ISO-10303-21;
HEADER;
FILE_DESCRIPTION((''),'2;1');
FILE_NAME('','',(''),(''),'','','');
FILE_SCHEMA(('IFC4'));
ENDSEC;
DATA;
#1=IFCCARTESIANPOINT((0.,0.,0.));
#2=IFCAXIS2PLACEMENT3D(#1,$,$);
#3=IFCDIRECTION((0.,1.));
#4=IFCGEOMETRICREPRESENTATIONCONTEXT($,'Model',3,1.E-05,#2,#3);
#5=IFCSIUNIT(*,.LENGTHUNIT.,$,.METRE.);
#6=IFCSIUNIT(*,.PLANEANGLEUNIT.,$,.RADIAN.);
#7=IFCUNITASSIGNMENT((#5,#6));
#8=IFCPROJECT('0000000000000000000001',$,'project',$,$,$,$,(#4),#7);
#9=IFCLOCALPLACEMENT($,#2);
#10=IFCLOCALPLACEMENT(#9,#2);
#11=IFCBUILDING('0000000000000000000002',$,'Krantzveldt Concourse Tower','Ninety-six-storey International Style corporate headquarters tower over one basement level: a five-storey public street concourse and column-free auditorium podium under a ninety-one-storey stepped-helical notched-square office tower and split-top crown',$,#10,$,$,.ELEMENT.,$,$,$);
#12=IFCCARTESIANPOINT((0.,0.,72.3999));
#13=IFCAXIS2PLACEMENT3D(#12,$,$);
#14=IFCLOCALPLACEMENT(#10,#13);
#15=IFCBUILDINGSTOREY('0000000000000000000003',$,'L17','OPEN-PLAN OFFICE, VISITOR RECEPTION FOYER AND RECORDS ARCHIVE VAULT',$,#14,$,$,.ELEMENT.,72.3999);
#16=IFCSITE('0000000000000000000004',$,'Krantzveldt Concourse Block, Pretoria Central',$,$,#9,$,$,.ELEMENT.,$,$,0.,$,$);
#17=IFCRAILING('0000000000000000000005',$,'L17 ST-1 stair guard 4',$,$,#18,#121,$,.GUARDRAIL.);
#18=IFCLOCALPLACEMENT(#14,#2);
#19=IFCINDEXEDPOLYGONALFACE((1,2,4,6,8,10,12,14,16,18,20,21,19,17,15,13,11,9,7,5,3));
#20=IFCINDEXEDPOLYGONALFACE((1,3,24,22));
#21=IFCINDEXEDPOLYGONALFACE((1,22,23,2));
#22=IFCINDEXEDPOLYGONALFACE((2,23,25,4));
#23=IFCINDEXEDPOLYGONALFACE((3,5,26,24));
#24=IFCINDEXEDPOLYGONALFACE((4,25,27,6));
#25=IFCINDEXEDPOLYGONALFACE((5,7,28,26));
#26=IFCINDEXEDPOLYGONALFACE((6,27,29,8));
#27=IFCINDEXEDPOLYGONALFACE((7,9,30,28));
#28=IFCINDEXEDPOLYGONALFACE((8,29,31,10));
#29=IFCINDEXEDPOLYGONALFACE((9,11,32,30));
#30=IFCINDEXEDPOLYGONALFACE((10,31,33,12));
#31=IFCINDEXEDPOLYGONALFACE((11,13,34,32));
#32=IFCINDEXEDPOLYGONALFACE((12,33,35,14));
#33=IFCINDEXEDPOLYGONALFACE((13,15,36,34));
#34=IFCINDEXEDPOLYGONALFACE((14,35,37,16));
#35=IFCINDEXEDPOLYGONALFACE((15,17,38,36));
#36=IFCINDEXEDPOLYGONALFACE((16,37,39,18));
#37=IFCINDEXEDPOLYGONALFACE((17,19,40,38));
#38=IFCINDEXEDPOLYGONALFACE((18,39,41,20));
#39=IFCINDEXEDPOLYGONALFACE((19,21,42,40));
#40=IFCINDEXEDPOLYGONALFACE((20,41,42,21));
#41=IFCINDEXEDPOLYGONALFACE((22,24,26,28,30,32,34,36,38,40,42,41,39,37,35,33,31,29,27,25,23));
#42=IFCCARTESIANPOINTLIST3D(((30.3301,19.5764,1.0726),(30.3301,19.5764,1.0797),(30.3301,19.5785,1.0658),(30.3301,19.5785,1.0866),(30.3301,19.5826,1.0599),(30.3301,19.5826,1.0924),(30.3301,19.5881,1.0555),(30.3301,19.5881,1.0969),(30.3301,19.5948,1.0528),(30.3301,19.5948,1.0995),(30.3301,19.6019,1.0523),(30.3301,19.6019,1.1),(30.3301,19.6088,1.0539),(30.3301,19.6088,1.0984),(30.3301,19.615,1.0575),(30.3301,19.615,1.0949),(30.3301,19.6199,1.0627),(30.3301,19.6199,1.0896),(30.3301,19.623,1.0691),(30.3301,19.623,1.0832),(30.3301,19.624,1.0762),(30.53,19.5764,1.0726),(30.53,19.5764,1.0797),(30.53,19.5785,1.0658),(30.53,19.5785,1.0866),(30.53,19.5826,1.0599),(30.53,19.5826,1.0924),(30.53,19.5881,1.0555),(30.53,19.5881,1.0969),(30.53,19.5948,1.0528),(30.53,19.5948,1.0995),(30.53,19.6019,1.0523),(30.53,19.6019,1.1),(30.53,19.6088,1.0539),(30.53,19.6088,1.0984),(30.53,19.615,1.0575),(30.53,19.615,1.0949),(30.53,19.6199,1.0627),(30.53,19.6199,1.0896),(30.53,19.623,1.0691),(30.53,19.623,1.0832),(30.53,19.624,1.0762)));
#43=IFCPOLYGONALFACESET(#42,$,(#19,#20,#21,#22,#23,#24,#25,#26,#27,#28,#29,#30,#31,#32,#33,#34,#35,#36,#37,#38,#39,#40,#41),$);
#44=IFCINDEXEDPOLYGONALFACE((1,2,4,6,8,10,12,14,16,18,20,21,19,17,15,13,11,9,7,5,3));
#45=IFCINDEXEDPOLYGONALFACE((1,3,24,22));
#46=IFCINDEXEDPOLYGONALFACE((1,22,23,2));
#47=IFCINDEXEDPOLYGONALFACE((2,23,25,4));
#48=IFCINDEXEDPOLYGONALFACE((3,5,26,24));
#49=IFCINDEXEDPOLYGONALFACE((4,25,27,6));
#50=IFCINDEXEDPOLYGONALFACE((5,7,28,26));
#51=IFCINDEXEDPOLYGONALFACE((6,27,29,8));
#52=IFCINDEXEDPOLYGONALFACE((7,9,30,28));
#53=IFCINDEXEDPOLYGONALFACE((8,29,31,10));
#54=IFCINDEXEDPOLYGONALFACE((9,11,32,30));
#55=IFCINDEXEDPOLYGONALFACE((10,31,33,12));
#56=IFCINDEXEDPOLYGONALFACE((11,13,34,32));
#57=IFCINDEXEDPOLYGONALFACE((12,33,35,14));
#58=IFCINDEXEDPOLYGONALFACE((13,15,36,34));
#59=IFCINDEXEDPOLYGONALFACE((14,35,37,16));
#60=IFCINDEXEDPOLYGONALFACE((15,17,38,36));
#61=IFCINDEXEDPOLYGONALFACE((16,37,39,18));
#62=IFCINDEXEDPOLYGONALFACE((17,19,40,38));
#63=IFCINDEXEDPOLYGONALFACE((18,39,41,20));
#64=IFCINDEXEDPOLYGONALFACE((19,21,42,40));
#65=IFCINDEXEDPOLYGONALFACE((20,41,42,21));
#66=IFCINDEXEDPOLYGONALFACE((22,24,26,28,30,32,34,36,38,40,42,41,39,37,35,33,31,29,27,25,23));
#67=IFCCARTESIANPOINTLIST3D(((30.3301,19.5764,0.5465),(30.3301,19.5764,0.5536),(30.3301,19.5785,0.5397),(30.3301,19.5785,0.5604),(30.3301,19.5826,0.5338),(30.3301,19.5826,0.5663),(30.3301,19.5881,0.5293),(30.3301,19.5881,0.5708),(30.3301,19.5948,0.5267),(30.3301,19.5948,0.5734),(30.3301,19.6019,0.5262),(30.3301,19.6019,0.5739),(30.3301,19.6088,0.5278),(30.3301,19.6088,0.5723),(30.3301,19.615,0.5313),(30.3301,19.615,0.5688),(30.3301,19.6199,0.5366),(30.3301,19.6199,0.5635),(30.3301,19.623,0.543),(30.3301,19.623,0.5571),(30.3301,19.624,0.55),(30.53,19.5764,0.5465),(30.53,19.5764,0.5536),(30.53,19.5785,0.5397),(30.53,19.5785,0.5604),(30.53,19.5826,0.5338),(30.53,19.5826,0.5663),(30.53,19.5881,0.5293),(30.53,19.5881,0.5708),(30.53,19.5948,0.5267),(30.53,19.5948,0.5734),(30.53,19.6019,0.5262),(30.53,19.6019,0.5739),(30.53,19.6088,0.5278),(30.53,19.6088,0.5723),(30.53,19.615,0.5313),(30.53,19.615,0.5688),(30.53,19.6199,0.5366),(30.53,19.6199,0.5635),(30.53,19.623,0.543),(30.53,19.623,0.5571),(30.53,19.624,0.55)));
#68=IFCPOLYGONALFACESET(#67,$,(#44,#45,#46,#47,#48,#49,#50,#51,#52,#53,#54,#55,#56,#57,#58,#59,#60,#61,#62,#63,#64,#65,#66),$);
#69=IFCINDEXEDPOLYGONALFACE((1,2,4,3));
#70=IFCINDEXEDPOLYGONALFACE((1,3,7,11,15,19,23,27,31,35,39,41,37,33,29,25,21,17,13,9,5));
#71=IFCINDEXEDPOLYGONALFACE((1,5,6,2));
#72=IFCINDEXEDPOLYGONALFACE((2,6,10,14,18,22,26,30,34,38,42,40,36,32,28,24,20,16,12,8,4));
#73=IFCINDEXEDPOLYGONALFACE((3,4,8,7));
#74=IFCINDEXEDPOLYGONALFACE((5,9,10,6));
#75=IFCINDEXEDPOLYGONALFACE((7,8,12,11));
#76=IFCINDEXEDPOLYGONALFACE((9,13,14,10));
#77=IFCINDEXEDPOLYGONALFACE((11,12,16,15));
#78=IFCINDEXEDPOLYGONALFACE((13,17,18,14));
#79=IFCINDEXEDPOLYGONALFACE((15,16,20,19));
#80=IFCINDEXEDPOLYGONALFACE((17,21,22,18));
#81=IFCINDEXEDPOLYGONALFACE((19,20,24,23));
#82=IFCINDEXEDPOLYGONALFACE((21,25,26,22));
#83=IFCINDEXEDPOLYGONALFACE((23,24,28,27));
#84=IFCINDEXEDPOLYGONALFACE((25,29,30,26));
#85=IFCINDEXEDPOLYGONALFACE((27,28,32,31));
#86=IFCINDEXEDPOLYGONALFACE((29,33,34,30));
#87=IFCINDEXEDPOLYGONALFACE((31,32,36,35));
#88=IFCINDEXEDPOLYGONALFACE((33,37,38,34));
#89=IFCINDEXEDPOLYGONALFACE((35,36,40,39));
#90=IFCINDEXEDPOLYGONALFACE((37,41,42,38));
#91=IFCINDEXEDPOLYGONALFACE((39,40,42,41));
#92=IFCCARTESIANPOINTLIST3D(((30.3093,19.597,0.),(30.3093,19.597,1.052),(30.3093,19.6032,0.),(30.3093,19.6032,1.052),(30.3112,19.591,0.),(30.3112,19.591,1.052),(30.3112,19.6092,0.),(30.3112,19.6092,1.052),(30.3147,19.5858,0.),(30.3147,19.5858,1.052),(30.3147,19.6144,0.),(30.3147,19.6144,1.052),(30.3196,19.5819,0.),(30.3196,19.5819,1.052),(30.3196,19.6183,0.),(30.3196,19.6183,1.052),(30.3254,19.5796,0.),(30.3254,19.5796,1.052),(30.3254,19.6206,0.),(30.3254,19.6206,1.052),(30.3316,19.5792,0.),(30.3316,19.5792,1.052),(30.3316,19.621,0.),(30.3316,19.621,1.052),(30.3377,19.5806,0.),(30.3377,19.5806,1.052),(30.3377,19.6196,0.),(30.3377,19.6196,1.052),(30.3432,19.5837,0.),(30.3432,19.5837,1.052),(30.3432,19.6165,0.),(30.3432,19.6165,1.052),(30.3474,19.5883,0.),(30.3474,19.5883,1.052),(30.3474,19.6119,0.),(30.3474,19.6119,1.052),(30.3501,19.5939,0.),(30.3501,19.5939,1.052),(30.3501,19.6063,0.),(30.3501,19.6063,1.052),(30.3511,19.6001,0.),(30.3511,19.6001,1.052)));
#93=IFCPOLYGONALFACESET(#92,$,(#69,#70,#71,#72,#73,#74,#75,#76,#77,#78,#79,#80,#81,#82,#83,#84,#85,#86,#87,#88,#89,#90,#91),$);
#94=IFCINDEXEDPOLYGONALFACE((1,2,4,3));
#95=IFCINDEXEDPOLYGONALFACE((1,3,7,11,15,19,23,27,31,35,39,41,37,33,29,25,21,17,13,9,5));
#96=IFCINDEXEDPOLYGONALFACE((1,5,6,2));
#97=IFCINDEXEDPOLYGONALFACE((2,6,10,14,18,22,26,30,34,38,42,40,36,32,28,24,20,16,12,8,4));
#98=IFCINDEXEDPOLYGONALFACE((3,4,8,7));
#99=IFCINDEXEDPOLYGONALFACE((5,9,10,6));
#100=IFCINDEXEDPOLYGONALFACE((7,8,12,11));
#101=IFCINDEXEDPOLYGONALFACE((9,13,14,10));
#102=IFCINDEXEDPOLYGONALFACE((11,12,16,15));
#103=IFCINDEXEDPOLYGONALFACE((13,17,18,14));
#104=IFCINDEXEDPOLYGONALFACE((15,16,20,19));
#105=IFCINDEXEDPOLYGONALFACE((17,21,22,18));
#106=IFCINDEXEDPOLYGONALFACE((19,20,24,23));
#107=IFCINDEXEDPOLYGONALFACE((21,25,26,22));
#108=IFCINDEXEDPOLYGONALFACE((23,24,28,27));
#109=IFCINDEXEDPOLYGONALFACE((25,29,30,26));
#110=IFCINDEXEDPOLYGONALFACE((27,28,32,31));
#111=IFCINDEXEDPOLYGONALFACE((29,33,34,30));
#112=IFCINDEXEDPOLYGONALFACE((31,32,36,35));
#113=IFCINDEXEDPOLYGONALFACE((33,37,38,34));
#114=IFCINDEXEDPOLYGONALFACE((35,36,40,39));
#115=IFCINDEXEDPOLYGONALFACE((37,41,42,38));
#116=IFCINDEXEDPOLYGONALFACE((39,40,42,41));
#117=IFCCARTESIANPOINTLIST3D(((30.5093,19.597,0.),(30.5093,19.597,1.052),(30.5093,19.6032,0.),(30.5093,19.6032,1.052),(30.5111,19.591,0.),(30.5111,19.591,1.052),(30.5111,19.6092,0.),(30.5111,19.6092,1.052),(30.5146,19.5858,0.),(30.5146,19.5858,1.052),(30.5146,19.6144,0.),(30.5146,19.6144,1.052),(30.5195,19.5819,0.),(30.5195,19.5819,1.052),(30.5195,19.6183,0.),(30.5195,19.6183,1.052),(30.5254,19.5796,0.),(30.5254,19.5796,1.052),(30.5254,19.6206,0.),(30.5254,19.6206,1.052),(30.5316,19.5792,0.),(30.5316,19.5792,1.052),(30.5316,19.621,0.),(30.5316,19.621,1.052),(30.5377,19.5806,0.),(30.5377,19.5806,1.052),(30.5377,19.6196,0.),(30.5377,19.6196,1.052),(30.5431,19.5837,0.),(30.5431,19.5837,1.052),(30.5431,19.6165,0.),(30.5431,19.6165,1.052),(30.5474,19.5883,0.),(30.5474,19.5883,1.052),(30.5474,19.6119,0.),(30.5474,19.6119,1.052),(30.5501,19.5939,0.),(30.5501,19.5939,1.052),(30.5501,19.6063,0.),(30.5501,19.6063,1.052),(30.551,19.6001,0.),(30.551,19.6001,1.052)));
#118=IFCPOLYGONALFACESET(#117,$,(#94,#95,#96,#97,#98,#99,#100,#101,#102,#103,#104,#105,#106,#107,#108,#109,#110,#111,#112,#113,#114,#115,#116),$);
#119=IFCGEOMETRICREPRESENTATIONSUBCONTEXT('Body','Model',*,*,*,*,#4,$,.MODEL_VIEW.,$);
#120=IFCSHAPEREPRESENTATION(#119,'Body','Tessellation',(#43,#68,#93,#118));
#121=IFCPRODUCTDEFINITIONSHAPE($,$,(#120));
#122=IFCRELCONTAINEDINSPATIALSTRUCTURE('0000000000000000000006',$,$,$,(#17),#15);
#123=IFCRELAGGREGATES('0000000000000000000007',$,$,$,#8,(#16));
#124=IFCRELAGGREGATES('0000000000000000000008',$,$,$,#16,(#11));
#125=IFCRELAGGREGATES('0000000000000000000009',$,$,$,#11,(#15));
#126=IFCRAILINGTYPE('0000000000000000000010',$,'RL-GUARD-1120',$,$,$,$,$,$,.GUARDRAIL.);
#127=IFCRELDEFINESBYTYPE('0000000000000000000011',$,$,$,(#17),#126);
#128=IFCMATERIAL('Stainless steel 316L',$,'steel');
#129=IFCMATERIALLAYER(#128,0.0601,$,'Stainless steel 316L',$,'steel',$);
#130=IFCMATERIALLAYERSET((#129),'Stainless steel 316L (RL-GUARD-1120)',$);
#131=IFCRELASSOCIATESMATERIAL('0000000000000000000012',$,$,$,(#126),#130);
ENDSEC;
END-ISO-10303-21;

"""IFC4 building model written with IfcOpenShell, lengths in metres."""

from ifc_helpers import new_model, si_unit, direction, frame, origin, origin_2d, place, context, subcontext, project, spatial, circle, extrude, material, layer, layer_set, type_object, element, save


model = new_model("IFC4")

# Units and contexts
model_context = context("Model", 3, precision=1e-05, world=origin(), true_north=direction((0.0, 1.0)))
body_context = subcontext(model_context, "Body", "Model", "MODEL_VIEW")
ifc_project = project(units=[si_unit("LENGTHUNIT", "METRE"), si_unit("PLANEANGLEUNIT", "RADIAN")], contexts=[model_context])

# Site, building, storey
site_placement = place(None, origin())
site = spatial("IfcSite", under=ifc_project, at=site_placement, Name="Krantzveldt Concourse Block, Pretoria Central", CompositionType="ELEMENT", RefElevation=0.0)
building_placement = place(site_placement, origin())
building = spatial("IfcBuilding", under=site, at=building_placement, Name="Krantzveldt Concourse Tower", Description="Ninety-six-storey International Style corporate headquarters tower over one basement level: a five-storey public street concourse and column-free auditorium podium under a ninety-one-storey stepped-helical notched-square office tower and split-top crown", CompositionType="ELEMENT")
storey_placement = place(building_placement, frame((0.0, 0.0, 72.3999)))
storey = spatial("IfcBuildingStorey", under=building, at=storey_placement, Name="L17", Description="OPEN-PLAN OFFICE, VISITOR RECEPTION FOYER AND RECORDS ARCHIVE VAULT", CompositionType="ELEMENT", Elevation=72.3999)

# Railing
ifc_material_1 = material(Name="Stainless steel 316L", Category="steel")
ifc_layer_1 = layer(ifc_material_1, 0.0601, Name="Stainless steel 316L", Category="steel")
ifc_layer_set_1 = layer_set([ifc_layer_1], Name="Stainless steel 316L (RL-GUARD-1120)")
railing_type_1 = type_object("IfcRailingType", Name="RL-GUARD-1120", PredefinedType="GUARDRAIL", material=ifc_layer_set_1)
railing_1_placement = place(storey_placement, frame((30.3301, 19.6001, 0.0)))
element("IfcRailing", 1, at=railing_1_placement, inside=storey, type_object=railing_type_1, Name="L17 ST-1 stair guard 4", PredefinedType="GUARDRAIL", context=body_context, shape_type="SweptSolid", body=[
    extrude(circle(Radius=0.0239, at=origin_2d()), frame((0.0, 0.0, 1.0762), z_axis=(1.0, 0.0, 0.0), x_axis=(0.0, 1.0, 0.0)), (0.0, 0.0, 1.0), 0.2),
    extrude(circle(Radius=0.0239, at=origin_2d()), frame((0.0, 0.0, 0.55), z_axis=(1.0, 0.0, 0.0), x_axis=(0.0, 1.0, 0.0)), (0.0, 0.0, 1.0), 0.2),
    extrude(circle(Radius=0.021, at=origin_2d()), origin(), (0.0, 0.0, 1.0), 1.052),
    extrude(circle(Radius=0.021, at=origin_2d()), frame((0.2, 0.0, 0.0)), (0.0, 0.0, 1.0), 1.052),
])

save(model, "model.ifc")
